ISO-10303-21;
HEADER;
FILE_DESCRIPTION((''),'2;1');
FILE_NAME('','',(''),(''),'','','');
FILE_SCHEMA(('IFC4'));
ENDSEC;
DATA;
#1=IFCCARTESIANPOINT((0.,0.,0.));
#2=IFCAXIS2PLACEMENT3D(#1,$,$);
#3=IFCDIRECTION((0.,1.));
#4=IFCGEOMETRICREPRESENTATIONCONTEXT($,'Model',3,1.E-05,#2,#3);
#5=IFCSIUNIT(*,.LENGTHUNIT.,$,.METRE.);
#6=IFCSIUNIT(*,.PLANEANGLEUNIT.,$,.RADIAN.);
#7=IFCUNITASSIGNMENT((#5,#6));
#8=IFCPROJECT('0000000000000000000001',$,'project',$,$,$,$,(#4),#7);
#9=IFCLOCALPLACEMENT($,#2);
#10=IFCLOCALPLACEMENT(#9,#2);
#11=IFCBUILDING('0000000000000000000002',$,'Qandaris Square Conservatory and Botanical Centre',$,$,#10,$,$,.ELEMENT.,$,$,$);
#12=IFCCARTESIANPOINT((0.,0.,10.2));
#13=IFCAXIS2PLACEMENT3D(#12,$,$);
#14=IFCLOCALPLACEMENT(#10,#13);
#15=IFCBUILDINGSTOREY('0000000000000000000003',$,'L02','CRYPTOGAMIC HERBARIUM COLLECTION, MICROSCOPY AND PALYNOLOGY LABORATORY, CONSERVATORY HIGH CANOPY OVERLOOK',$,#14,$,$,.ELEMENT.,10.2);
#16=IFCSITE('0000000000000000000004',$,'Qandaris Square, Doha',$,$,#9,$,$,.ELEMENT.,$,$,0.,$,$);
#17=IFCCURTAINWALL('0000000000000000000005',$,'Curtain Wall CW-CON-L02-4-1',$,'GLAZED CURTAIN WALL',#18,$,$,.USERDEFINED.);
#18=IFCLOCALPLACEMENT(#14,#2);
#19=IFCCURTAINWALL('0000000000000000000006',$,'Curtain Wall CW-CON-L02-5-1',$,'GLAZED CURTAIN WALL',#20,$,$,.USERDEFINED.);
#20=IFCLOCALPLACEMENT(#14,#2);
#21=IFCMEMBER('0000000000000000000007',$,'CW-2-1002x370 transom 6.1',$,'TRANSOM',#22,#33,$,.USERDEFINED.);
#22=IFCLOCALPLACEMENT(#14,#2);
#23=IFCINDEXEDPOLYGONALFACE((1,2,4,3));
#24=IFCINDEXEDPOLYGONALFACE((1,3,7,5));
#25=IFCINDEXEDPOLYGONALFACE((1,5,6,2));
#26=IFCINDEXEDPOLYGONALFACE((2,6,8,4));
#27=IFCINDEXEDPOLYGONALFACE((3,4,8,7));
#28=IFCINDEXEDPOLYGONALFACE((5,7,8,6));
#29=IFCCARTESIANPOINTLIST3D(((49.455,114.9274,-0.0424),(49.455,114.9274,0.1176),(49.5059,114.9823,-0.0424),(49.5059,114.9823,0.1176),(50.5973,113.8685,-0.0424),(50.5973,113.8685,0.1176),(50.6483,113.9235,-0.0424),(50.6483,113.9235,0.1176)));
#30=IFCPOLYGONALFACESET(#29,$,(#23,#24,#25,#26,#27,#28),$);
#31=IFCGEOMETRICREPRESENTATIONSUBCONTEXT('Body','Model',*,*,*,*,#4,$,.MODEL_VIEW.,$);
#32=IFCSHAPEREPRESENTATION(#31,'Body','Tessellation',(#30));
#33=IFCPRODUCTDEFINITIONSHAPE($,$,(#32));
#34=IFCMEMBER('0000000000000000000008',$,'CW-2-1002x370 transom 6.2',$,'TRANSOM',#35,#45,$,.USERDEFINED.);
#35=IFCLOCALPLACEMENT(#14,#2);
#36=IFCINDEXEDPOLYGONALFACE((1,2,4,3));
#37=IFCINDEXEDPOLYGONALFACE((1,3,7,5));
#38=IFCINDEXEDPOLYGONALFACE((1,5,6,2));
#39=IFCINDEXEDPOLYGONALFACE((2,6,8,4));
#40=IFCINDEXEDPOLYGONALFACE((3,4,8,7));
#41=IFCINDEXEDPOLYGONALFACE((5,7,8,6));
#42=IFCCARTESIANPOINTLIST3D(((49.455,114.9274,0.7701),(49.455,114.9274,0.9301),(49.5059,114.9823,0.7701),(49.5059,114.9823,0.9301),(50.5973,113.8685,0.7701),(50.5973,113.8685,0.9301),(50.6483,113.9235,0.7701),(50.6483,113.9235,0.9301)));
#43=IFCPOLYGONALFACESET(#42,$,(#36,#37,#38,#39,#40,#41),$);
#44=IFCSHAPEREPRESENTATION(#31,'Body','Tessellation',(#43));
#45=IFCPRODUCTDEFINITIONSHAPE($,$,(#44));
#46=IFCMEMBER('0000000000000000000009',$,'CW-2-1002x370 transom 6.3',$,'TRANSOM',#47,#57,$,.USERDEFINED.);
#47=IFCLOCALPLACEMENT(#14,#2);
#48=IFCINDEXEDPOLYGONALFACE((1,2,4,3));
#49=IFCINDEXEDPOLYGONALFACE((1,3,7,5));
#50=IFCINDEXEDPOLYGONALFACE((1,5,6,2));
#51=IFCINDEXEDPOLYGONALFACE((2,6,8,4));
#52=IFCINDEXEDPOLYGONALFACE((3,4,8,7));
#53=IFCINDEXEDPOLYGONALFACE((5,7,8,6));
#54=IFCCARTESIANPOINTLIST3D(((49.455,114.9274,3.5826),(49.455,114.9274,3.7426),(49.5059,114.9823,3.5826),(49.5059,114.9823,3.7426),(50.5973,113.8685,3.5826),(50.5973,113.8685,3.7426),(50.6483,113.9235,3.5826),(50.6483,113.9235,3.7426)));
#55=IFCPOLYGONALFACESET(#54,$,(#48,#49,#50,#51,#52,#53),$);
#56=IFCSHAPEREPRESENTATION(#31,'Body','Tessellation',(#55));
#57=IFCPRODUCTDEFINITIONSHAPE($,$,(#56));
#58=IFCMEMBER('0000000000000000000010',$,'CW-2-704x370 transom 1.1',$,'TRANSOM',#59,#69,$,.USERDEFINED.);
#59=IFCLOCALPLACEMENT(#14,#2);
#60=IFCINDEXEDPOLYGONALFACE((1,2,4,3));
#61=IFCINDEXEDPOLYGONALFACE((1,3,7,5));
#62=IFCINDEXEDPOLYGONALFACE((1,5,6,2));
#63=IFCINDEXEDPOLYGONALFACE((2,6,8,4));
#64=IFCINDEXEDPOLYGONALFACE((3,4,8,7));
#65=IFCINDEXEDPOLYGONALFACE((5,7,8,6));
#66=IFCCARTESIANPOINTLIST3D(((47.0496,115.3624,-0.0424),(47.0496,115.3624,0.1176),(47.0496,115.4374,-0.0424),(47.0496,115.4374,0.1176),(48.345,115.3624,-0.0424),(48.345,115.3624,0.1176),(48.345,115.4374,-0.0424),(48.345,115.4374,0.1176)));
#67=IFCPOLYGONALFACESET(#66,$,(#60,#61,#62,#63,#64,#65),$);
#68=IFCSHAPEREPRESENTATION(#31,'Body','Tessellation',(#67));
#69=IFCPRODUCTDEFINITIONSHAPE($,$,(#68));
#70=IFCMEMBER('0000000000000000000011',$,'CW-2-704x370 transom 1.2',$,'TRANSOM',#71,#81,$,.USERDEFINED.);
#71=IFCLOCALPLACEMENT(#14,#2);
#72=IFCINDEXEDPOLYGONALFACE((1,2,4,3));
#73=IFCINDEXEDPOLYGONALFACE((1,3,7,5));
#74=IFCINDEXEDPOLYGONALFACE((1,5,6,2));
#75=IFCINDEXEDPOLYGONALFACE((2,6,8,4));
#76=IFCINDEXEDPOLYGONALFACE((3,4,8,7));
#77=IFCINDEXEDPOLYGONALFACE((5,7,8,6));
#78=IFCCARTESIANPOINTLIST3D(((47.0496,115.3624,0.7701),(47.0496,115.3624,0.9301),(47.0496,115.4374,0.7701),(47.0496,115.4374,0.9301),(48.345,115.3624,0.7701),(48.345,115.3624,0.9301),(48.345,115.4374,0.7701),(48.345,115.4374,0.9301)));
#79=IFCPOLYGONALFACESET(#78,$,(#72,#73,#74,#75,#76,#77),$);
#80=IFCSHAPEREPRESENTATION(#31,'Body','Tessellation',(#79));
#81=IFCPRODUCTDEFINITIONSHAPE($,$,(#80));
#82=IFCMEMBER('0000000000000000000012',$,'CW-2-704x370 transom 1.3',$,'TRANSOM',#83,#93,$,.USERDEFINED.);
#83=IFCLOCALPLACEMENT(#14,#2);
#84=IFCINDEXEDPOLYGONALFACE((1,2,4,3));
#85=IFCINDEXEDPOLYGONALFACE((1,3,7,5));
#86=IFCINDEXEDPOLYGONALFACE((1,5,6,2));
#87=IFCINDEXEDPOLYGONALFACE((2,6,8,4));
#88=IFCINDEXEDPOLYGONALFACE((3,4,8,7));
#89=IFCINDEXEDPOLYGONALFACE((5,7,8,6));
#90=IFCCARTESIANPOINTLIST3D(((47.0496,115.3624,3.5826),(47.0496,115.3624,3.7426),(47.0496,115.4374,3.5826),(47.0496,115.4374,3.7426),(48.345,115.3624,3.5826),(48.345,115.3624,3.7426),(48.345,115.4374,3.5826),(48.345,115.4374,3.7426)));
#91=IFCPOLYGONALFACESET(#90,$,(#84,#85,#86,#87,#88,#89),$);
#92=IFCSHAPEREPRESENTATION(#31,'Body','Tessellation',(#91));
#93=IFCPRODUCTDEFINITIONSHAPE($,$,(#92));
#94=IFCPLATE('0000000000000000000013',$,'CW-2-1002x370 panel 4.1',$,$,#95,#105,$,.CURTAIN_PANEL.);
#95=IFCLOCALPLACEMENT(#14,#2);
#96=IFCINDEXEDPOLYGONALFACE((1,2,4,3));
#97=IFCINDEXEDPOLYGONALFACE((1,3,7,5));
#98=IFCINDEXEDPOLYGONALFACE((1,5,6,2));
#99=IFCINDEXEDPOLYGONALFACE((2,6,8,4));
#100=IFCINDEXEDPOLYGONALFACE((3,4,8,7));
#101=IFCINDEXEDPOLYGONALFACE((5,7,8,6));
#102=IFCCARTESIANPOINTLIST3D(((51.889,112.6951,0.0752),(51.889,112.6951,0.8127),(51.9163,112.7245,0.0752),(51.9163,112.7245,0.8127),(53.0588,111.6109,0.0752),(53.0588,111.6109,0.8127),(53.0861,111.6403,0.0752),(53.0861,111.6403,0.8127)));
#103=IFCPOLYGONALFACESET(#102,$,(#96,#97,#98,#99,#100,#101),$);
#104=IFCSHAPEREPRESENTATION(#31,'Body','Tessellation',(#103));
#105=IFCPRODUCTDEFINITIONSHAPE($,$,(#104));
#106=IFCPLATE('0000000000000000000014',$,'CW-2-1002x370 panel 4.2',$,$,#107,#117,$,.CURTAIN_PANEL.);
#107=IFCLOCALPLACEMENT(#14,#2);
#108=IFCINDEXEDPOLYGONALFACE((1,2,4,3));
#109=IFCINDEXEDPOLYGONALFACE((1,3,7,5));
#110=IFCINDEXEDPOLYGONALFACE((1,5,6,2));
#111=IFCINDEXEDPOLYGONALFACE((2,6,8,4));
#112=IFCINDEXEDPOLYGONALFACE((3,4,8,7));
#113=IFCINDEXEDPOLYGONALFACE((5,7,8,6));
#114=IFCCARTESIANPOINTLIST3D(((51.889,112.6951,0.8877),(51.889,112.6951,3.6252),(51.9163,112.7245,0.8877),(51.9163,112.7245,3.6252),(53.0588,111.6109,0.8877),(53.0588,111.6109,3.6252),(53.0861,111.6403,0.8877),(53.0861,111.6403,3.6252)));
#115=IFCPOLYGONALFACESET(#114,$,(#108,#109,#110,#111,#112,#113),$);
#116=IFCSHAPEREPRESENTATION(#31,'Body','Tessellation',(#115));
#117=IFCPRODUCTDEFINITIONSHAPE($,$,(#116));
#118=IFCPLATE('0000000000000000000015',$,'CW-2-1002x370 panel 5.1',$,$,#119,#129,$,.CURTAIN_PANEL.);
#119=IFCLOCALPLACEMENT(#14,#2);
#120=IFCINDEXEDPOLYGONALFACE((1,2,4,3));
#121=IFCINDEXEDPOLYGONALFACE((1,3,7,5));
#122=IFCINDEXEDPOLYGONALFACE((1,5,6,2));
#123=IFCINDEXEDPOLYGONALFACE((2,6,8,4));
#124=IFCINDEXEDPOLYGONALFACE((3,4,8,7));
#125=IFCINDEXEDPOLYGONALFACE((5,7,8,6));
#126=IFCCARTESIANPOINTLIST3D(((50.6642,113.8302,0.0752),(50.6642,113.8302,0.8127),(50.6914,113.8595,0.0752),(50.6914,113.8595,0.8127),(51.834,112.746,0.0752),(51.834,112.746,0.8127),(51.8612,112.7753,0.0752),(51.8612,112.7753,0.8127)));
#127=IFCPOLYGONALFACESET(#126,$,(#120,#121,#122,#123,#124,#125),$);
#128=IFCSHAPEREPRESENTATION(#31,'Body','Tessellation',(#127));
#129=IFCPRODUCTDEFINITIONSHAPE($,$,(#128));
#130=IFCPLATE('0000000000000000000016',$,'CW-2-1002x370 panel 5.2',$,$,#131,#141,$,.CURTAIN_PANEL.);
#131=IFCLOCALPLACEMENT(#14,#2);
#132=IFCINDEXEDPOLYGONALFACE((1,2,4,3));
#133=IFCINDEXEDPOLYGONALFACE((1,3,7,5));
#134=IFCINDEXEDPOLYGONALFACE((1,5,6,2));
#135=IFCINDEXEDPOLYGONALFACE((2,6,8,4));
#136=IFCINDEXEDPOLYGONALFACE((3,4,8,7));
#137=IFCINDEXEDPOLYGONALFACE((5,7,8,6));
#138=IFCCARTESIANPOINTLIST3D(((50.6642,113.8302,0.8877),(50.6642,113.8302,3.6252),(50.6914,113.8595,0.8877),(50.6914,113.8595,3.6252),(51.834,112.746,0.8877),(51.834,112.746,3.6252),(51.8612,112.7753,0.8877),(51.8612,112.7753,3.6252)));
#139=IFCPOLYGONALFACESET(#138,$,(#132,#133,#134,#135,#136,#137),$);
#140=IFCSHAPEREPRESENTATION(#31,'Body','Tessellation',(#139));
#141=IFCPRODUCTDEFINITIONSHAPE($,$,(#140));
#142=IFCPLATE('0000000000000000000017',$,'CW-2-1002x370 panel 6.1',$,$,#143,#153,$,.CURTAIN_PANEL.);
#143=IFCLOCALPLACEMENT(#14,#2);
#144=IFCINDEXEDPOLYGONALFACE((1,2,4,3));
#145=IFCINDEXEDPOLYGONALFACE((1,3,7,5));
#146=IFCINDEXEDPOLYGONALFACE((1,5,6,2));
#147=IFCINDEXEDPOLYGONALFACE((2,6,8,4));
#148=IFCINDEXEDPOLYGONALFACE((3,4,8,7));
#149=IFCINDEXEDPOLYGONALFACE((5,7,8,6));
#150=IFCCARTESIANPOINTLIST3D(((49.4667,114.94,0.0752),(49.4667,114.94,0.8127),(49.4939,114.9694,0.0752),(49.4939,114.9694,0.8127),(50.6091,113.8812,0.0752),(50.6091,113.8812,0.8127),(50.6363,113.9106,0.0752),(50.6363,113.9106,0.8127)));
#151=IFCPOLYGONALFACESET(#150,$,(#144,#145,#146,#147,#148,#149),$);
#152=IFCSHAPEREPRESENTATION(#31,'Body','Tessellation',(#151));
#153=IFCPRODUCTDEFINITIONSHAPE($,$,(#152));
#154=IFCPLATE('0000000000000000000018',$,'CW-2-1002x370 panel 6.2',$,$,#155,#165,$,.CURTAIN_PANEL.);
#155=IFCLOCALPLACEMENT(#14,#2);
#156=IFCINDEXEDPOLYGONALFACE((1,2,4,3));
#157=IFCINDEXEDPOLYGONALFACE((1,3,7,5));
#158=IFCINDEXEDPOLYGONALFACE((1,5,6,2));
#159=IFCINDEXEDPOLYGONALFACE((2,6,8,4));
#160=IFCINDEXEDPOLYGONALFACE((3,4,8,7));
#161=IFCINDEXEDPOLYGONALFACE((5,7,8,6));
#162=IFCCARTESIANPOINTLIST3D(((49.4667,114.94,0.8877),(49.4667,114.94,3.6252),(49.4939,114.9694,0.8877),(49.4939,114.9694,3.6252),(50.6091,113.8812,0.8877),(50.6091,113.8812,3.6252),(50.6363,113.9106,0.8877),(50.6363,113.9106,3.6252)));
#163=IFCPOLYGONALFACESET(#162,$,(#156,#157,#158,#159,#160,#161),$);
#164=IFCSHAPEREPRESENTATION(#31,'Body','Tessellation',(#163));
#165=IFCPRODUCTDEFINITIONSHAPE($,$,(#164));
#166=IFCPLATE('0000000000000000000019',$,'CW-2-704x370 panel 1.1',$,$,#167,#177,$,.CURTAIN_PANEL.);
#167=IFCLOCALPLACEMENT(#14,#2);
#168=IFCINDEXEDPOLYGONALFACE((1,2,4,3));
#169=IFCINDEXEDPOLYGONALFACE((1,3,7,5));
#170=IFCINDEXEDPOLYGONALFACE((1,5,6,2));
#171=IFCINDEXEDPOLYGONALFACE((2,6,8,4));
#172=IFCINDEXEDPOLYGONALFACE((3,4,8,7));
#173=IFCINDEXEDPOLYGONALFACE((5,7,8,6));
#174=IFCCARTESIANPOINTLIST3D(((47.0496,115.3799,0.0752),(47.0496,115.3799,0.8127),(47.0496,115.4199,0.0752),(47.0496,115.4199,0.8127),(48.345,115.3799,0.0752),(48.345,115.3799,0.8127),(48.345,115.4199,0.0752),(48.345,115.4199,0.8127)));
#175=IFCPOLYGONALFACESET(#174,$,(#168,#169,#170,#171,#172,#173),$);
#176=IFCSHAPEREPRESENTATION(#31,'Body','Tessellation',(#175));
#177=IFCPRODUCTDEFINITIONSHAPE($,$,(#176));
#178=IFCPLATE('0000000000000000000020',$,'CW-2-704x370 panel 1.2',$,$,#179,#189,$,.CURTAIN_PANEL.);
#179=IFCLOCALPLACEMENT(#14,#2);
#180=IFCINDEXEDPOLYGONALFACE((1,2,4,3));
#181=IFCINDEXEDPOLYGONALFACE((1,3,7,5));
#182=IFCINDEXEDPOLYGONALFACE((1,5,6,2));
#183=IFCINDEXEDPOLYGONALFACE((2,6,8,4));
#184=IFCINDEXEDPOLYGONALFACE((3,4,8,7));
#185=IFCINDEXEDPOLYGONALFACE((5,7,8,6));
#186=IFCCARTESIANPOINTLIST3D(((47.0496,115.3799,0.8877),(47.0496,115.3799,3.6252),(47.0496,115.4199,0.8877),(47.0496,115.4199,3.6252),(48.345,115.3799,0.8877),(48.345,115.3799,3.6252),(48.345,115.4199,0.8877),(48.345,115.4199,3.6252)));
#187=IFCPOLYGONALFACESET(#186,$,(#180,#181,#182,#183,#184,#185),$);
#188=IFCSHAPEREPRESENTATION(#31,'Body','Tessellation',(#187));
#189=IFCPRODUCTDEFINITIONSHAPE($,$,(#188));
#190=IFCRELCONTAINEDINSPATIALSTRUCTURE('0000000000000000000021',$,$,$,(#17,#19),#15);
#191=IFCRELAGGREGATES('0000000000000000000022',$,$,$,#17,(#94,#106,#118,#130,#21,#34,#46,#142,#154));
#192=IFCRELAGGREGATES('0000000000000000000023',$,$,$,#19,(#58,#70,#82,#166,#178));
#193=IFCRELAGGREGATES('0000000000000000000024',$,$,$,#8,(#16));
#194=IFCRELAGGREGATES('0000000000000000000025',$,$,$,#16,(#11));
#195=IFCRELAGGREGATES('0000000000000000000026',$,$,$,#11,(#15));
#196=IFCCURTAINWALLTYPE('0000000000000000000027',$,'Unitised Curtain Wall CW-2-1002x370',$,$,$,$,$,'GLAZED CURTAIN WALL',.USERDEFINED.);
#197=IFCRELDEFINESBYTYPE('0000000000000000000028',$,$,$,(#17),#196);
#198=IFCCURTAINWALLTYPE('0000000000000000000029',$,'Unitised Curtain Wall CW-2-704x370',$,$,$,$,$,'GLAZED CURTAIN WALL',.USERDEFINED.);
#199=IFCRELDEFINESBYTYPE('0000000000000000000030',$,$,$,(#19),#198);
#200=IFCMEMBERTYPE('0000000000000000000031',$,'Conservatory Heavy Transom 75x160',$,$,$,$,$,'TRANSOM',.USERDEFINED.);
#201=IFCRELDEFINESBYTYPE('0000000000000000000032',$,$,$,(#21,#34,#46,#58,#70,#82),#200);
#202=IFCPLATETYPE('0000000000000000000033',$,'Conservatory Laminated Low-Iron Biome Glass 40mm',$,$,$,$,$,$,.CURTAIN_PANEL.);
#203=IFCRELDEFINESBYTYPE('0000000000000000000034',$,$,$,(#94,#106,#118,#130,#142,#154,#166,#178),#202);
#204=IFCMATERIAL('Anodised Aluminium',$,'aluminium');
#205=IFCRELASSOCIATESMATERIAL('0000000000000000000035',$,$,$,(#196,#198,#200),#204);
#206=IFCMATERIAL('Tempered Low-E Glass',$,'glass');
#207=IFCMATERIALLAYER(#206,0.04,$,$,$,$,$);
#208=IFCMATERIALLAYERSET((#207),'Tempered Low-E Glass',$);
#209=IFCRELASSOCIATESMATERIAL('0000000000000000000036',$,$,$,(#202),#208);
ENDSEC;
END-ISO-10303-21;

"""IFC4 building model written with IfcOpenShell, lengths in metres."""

from ifc_helpers import new_model, si_unit, direction, frame, origin, origin_2d, place, context, subcontext, project, spatial, rectangle, extrude, material, layer, layer_set, material_profile, profile_set, type_object, element, aggregate, save


model = new_model("IFC4")

# Units and contexts
model_context = context("Model", 3, precision=1e-05, world=origin(), true_north=direction((0.0, 1.0)))
body_context = subcontext(model_context, "Body", "Model", "MODEL_VIEW")
ifc_project = project(units=[si_unit("LENGTHUNIT", "METRE"), si_unit("PLANEANGLEUNIT", "RADIAN")], contexts=[model_context])

# Site, building, storey
site_placement = place(None, origin())
site = spatial("IfcSite", under=ifc_project, at=site_placement, Name="Qandaris Square, Doha", CompositionType="ELEMENT", RefElevation=0.0)
building_placement = place(site_placement, origin())
building = spatial("IfcBuilding", under=site, at=building_placement, Name="Qandaris Square Conservatory and Botanical Centre", CompositionType="ELEMENT")
storey_placement = place(building_placement, frame((0.0, 0.0, 10.2)))
storey = spatial("IfcBuildingStorey", under=building, at=storey_placement, Name="L02", Description="CRYPTOGAMIC HERBARIUM COLLECTION, MICROSCOPY AND PALYNOLOGY LABORATORY, CONSERVATORY HIGH CANOPY OVERLOOK", CompositionType="ELEMENT", Elevation=10.2)

# Curtain wall
ifc_material_1 = material(Name="Anodised Aluminium", Category="aluminium")
curtain_wall_type_1 = type_object("IfcCurtainWallType", Name="Unitised Curtain Wall CW-2-1002x370", ElementType="GLAZED CURTAIN WALL", PredefinedType="USERDEFINED", material=ifc_material_1)
curtain_wall_1_placement = place(storey_placement, origin())
curtain_wall_1 = element("IfcCurtainWall", 1, at=curtain_wall_1_placement, inside=storey, type_object=curtain_wall_type_1, Name="Curtain Wall CW-CON-L02-4-1", ObjectType="GLAZED CURTAIN WALL", PredefinedType="USERDEFINED")

# Curtain wall
curtain_wall_type_2 = type_object("IfcCurtainWallType", Name="Unitised Curtain Wall CW-2-704x370", ElementType="GLAZED CURTAIN WALL", PredefinedType="USERDEFINED", material=ifc_material_1)
curtain_wall_2_placement = place(storey_placement, origin())
curtain_wall_2 = element("IfcCurtainWall", 2, at=curtain_wall_2_placement, inside=storey, type_object=curtain_wall_type_2, Name="Curtain Wall CW-CON-L02-5-1", ObjectType="GLAZED CURTAIN WALL", PredefinedType="USERDEFINED")

# Members
ifc_material_profile_1 = material_profile(ifc_material_1, rectangle(XDim=0.075, YDim=0.1599, at=origin_2d()), Name="ALU-TRN 75x160")
ifc_profile_set_1 = profile_set([ifc_material_profile_1], Name="Anodised Aluminium")
member_type_1 = type_object("IfcMemberType", Name="Conservatory Heavy Transom 75x160", ElementType="TRANSOM", PredefinedType="USERDEFINED", material=ifc_profile_set_1)
member_1_placement = place(storey_placement, frame((50.6228, 113.896, 0.0376), z_axis=(-0.733402, 0.679796, 0.0), x_axis=(-0.679796, -0.733402, 0.0)))
member_1 = element("IfcMember", 3, at=member_1_placement, type_object=member_type_1, Name="CW-2-1002x370 transom 6.1", ObjectType="TRANSOM", PredefinedType="USERDEFINED", context=body_context, shape_type="SweptSolid", body=[
    extrude(rectangle(XDim=0.075, YDim=0.1599, at=origin_2d()), origin(), (0.0, 0.0, 1.0), 1.5576),
])
member_2_placement = place(storey_placement, frame((50.6228, 113.896, 0.8501), z_axis=(-0.733402, 0.679796, 0.0), x_axis=(-0.679796, -0.733402, 0.0)))
member_2 = element("IfcMember", 4, at=member_2_placement, type_object=member_type_1, Name="CW-2-1002x370 transom 6.2", ObjectType="TRANSOM", PredefinedType="USERDEFINED", context=body_context, shape_type="SweptSolid", body=[
    extrude(rectangle(XDim=0.075, YDim=0.1599, at=origin_2d()), origin(), (0.0, 0.0, 1.0), 1.5576),
])
member_3_placement = place(storey_placement, frame((50.6228, 113.896, 3.6626), z_axis=(-0.733402, 0.679796, 0.0), x_axis=(-0.679796, -0.733402, 0.0)))
member_3 = element("IfcMember", 5, at=member_3_placement, type_object=member_type_1, Name="CW-2-1002x370 transom 6.3", ObjectType="TRANSOM", PredefinedType="USERDEFINED", context=body_context, shape_type="SweptSolid", body=[
    extrude(rectangle(XDim=0.075, YDim=0.1599, at=origin_2d()), origin(), (0.0, 0.0, 1.0), 1.5576),
])
member_4_placement = place(storey_placement, frame((48.345, 115.3999, 0.0376), z_axis=(-1.0, 0.0, 0.0), x_axis=(0.0, -1.0, 0.0)))
member_4 = element("IfcMember", 6, at=member_4_placement, type_object=member_type_1, Name="CW-2-704x370 transom 1.1", ObjectType="TRANSOM", PredefinedType="USERDEFINED", context=body_context, shape_type="SweptSolid", body=[
    extrude(rectangle(XDim=0.075, YDim=0.1599, at=origin_2d()), origin(), (0.0, 0.0, 1.0), 1.2954),
])
member_5_placement = place(storey_placement, frame((48.345, 115.3999, 0.8501), z_axis=(-1.0, 0.0, 0.0), x_axis=(0.0, -1.0, 0.0)))
member_5 = element("IfcMember", 7, at=member_5_placement, type_object=member_type_1, Name="CW-2-704x370 transom 1.2", ObjectType="TRANSOM", PredefinedType="USERDEFINED", context=body_context, shape_type="SweptSolid", body=[
    extrude(rectangle(XDim=0.075, YDim=0.1599, at=origin_2d()), origin(), (0.0, 0.0, 1.0), 1.2954),
])
member_6_placement = place(storey_placement, frame((48.345, 115.3999, 3.6626), z_axis=(-1.0, 0.0, 0.0), x_axis=(0.0, -1.0, 0.0)))
member_6 = element("IfcMember", 8, at=member_6_placement, type_object=member_type_1, Name="CW-2-704x370 transom 1.3", ObjectType="TRANSOM", PredefinedType="USERDEFINED", context=body_context, shape_type="SweptSolid", body=[
    extrude(rectangle(XDim=0.075, YDim=0.1599, at=origin_2d()), origin(), (0.0, 0.0, 1.0), 1.2954),
])

# Plates
ifc_material_2 = material(Name="Tempered Low-E Glass", Category="glass")
ifc_layer_1 = layer(ifc_material_2, 0.04)
ifc_layer_set_1 = layer_set([ifc_layer_1], Name="Tempered Low-E Glass")
plate_type = type_object("IfcPlateType", Name="Conservatory Laminated Low-Iron Biome Glass 40mm", PredefinedType="CURTAIN_PANEL", material=ifc_layer_set_1)
plate_1_placement = place(storey_placement, frame((52.4875, 112.1677, 0.0752), z_axis=(0.0, 0.0, 1.0), x_axis=(-0.733433, 0.679762, 0.0)))
plate_1 = element("IfcPlate", 9, at=plate_1_placement, type_object=plate_type, Name="CW-2-1002x370 panel 4.1", PredefinedType="CURTAIN_PANEL", context=body_context, shape_type="SweptSolid", body=[
    extrude(rectangle(XDim=1.595, YDim=0.04, at=origin_2d()), origin(), (0.0, 0.0, 1.0), 0.7375),
])
plate_2_placement = place(storey_placement, frame((52.4875, 112.1677, 0.8877), z_axis=(0.0, 0.0, 1.0), x_axis=(-0.733433, 0.679762, 0.0)))
plate_2 = element("IfcPlate", 10, at=plate_2_placement, type_object=plate_type, Name="CW-2-1002x370 panel 4.2", PredefinedType="CURTAIN_PANEL", context=body_context, shape_type="SweptSolid", body=[
    extrude(rectangle(XDim=1.595, YDim=0.04, at=origin_2d()), origin(), (0.0, 0.0, 1.0), 2.7375),
])
plate_3_placement = place(storey_placement, frame((51.2627, 113.3027, 0.0752), z_axis=(0.0, 0.0, 1.0), x_axis=(-0.733433, 0.679762, 0.0)))
plate_3 = element("IfcPlate", 11, at=plate_3_placement, type_object=plate_type, Name="CW-2-1002x370 panel 5.1", PredefinedType="CURTAIN_PANEL", context=body_context, shape_type="SweptSolid", body=[
    extrude(rectangle(XDim=1.595, YDim=0.04, at=origin_2d()), origin(), (0.0, 0.0, 1.0), 0.7375),
])
plate_4_placement = place(storey_placement, frame((51.2627, 113.3027, 0.8877), z_axis=(0.0, 0.0, 1.0), x_axis=(-0.733433, 0.679762, 0.0)))
plate_4 = element("IfcPlate", 12, at=plate_4_placement, type_object=plate_type, Name="CW-2-1002x370 panel 5.2", PredefinedType="CURTAIN_PANEL", context=body_context, shape_type="SweptSolid", body=[
    extrude(rectangle(XDim=1.595, YDim=0.04, at=origin_2d()), origin(), (0.0, 0.0, 1.0), 2.7375),
])
plate_5_placement = place(storey_placement, frame((50.0515, 114.4253, 0.0752), z_axis=(0.0, 0.0, 1.0), x_axis=(-0.733433, 0.679762, 0.0)))
plate_5 = element("IfcPlate", 13, at=plate_5_placement, type_object=plate_type, Name="CW-2-1002x370 panel 6.1", PredefinedType="CURTAIN_PANEL", context=body_context, shape_type="SweptSolid", body=[
    extrude(rectangle(XDim=1.5576, YDim=0.04, at=origin_2d()), origin(), (0.0, 0.0, 1.0), 0.7375),
])
plate_6_placement = place(storey_placement, frame((50.0515, 114.4253, 0.8877), z_axis=(0.0, 0.0, 1.0), x_axis=(-0.733433, 0.679762, 0.0)))
plate_6 = element("IfcPlate", 14, at=plate_6_placement, type_object=plate_type, Name="CW-2-1002x370 panel 6.2", PredefinedType="CURTAIN_PANEL", context=body_context, shape_type="SweptSolid", body=[
    extrude(rectangle(XDim=1.5576, YDim=0.04, at=origin_2d()), origin(), (0.0, 0.0, 1.0), 2.7375),
])
aggregate(curtain_wall_1, [plate_1, plate_2, plate_3, plate_4, member_1, member_2, member_3, plate_5, plate_6])
plate_7_placement = place(storey_placement, frame((47.6973, 115.3999, 0.0752), z_axis=(0.0, 0.0, 1.0), x_axis=(-1.0, 0.0, 0.0)))
plate_7 = element("IfcPlate", 15, at=plate_7_placement, type_object=plate_type, Name="CW-2-704x370 panel 1.1", PredefinedType="CURTAIN_PANEL", context=body_context, shape_type="SweptSolid", body=[
    extrude(rectangle(XDim=1.2954, YDim=0.04, at=origin_2d()), origin(), (0.0, 0.0, 1.0), 0.7375),
])
plate_8_placement = place(storey_placement, frame((47.6973, 115.3999, 0.8877), z_axis=(0.0, 0.0, 1.0), x_axis=(-1.0, 0.0, 0.0)))
plate_8 = element("IfcPlate", 16, at=plate_8_placement, type_object=plate_type, Name="CW-2-704x370 panel 1.2", PredefinedType="CURTAIN_PANEL", context=body_context, shape_type="SweptSolid", body=[
    extrude(rectangle(XDim=1.2954, YDim=0.04, at=origin_2d()), origin(), (0.0, 0.0, 1.0), 2.7375),
])
aggregate(curtain_wall_2, [member_4, member_5, member_6, plate_7, plate_8])

save(model, "model.ifc")
